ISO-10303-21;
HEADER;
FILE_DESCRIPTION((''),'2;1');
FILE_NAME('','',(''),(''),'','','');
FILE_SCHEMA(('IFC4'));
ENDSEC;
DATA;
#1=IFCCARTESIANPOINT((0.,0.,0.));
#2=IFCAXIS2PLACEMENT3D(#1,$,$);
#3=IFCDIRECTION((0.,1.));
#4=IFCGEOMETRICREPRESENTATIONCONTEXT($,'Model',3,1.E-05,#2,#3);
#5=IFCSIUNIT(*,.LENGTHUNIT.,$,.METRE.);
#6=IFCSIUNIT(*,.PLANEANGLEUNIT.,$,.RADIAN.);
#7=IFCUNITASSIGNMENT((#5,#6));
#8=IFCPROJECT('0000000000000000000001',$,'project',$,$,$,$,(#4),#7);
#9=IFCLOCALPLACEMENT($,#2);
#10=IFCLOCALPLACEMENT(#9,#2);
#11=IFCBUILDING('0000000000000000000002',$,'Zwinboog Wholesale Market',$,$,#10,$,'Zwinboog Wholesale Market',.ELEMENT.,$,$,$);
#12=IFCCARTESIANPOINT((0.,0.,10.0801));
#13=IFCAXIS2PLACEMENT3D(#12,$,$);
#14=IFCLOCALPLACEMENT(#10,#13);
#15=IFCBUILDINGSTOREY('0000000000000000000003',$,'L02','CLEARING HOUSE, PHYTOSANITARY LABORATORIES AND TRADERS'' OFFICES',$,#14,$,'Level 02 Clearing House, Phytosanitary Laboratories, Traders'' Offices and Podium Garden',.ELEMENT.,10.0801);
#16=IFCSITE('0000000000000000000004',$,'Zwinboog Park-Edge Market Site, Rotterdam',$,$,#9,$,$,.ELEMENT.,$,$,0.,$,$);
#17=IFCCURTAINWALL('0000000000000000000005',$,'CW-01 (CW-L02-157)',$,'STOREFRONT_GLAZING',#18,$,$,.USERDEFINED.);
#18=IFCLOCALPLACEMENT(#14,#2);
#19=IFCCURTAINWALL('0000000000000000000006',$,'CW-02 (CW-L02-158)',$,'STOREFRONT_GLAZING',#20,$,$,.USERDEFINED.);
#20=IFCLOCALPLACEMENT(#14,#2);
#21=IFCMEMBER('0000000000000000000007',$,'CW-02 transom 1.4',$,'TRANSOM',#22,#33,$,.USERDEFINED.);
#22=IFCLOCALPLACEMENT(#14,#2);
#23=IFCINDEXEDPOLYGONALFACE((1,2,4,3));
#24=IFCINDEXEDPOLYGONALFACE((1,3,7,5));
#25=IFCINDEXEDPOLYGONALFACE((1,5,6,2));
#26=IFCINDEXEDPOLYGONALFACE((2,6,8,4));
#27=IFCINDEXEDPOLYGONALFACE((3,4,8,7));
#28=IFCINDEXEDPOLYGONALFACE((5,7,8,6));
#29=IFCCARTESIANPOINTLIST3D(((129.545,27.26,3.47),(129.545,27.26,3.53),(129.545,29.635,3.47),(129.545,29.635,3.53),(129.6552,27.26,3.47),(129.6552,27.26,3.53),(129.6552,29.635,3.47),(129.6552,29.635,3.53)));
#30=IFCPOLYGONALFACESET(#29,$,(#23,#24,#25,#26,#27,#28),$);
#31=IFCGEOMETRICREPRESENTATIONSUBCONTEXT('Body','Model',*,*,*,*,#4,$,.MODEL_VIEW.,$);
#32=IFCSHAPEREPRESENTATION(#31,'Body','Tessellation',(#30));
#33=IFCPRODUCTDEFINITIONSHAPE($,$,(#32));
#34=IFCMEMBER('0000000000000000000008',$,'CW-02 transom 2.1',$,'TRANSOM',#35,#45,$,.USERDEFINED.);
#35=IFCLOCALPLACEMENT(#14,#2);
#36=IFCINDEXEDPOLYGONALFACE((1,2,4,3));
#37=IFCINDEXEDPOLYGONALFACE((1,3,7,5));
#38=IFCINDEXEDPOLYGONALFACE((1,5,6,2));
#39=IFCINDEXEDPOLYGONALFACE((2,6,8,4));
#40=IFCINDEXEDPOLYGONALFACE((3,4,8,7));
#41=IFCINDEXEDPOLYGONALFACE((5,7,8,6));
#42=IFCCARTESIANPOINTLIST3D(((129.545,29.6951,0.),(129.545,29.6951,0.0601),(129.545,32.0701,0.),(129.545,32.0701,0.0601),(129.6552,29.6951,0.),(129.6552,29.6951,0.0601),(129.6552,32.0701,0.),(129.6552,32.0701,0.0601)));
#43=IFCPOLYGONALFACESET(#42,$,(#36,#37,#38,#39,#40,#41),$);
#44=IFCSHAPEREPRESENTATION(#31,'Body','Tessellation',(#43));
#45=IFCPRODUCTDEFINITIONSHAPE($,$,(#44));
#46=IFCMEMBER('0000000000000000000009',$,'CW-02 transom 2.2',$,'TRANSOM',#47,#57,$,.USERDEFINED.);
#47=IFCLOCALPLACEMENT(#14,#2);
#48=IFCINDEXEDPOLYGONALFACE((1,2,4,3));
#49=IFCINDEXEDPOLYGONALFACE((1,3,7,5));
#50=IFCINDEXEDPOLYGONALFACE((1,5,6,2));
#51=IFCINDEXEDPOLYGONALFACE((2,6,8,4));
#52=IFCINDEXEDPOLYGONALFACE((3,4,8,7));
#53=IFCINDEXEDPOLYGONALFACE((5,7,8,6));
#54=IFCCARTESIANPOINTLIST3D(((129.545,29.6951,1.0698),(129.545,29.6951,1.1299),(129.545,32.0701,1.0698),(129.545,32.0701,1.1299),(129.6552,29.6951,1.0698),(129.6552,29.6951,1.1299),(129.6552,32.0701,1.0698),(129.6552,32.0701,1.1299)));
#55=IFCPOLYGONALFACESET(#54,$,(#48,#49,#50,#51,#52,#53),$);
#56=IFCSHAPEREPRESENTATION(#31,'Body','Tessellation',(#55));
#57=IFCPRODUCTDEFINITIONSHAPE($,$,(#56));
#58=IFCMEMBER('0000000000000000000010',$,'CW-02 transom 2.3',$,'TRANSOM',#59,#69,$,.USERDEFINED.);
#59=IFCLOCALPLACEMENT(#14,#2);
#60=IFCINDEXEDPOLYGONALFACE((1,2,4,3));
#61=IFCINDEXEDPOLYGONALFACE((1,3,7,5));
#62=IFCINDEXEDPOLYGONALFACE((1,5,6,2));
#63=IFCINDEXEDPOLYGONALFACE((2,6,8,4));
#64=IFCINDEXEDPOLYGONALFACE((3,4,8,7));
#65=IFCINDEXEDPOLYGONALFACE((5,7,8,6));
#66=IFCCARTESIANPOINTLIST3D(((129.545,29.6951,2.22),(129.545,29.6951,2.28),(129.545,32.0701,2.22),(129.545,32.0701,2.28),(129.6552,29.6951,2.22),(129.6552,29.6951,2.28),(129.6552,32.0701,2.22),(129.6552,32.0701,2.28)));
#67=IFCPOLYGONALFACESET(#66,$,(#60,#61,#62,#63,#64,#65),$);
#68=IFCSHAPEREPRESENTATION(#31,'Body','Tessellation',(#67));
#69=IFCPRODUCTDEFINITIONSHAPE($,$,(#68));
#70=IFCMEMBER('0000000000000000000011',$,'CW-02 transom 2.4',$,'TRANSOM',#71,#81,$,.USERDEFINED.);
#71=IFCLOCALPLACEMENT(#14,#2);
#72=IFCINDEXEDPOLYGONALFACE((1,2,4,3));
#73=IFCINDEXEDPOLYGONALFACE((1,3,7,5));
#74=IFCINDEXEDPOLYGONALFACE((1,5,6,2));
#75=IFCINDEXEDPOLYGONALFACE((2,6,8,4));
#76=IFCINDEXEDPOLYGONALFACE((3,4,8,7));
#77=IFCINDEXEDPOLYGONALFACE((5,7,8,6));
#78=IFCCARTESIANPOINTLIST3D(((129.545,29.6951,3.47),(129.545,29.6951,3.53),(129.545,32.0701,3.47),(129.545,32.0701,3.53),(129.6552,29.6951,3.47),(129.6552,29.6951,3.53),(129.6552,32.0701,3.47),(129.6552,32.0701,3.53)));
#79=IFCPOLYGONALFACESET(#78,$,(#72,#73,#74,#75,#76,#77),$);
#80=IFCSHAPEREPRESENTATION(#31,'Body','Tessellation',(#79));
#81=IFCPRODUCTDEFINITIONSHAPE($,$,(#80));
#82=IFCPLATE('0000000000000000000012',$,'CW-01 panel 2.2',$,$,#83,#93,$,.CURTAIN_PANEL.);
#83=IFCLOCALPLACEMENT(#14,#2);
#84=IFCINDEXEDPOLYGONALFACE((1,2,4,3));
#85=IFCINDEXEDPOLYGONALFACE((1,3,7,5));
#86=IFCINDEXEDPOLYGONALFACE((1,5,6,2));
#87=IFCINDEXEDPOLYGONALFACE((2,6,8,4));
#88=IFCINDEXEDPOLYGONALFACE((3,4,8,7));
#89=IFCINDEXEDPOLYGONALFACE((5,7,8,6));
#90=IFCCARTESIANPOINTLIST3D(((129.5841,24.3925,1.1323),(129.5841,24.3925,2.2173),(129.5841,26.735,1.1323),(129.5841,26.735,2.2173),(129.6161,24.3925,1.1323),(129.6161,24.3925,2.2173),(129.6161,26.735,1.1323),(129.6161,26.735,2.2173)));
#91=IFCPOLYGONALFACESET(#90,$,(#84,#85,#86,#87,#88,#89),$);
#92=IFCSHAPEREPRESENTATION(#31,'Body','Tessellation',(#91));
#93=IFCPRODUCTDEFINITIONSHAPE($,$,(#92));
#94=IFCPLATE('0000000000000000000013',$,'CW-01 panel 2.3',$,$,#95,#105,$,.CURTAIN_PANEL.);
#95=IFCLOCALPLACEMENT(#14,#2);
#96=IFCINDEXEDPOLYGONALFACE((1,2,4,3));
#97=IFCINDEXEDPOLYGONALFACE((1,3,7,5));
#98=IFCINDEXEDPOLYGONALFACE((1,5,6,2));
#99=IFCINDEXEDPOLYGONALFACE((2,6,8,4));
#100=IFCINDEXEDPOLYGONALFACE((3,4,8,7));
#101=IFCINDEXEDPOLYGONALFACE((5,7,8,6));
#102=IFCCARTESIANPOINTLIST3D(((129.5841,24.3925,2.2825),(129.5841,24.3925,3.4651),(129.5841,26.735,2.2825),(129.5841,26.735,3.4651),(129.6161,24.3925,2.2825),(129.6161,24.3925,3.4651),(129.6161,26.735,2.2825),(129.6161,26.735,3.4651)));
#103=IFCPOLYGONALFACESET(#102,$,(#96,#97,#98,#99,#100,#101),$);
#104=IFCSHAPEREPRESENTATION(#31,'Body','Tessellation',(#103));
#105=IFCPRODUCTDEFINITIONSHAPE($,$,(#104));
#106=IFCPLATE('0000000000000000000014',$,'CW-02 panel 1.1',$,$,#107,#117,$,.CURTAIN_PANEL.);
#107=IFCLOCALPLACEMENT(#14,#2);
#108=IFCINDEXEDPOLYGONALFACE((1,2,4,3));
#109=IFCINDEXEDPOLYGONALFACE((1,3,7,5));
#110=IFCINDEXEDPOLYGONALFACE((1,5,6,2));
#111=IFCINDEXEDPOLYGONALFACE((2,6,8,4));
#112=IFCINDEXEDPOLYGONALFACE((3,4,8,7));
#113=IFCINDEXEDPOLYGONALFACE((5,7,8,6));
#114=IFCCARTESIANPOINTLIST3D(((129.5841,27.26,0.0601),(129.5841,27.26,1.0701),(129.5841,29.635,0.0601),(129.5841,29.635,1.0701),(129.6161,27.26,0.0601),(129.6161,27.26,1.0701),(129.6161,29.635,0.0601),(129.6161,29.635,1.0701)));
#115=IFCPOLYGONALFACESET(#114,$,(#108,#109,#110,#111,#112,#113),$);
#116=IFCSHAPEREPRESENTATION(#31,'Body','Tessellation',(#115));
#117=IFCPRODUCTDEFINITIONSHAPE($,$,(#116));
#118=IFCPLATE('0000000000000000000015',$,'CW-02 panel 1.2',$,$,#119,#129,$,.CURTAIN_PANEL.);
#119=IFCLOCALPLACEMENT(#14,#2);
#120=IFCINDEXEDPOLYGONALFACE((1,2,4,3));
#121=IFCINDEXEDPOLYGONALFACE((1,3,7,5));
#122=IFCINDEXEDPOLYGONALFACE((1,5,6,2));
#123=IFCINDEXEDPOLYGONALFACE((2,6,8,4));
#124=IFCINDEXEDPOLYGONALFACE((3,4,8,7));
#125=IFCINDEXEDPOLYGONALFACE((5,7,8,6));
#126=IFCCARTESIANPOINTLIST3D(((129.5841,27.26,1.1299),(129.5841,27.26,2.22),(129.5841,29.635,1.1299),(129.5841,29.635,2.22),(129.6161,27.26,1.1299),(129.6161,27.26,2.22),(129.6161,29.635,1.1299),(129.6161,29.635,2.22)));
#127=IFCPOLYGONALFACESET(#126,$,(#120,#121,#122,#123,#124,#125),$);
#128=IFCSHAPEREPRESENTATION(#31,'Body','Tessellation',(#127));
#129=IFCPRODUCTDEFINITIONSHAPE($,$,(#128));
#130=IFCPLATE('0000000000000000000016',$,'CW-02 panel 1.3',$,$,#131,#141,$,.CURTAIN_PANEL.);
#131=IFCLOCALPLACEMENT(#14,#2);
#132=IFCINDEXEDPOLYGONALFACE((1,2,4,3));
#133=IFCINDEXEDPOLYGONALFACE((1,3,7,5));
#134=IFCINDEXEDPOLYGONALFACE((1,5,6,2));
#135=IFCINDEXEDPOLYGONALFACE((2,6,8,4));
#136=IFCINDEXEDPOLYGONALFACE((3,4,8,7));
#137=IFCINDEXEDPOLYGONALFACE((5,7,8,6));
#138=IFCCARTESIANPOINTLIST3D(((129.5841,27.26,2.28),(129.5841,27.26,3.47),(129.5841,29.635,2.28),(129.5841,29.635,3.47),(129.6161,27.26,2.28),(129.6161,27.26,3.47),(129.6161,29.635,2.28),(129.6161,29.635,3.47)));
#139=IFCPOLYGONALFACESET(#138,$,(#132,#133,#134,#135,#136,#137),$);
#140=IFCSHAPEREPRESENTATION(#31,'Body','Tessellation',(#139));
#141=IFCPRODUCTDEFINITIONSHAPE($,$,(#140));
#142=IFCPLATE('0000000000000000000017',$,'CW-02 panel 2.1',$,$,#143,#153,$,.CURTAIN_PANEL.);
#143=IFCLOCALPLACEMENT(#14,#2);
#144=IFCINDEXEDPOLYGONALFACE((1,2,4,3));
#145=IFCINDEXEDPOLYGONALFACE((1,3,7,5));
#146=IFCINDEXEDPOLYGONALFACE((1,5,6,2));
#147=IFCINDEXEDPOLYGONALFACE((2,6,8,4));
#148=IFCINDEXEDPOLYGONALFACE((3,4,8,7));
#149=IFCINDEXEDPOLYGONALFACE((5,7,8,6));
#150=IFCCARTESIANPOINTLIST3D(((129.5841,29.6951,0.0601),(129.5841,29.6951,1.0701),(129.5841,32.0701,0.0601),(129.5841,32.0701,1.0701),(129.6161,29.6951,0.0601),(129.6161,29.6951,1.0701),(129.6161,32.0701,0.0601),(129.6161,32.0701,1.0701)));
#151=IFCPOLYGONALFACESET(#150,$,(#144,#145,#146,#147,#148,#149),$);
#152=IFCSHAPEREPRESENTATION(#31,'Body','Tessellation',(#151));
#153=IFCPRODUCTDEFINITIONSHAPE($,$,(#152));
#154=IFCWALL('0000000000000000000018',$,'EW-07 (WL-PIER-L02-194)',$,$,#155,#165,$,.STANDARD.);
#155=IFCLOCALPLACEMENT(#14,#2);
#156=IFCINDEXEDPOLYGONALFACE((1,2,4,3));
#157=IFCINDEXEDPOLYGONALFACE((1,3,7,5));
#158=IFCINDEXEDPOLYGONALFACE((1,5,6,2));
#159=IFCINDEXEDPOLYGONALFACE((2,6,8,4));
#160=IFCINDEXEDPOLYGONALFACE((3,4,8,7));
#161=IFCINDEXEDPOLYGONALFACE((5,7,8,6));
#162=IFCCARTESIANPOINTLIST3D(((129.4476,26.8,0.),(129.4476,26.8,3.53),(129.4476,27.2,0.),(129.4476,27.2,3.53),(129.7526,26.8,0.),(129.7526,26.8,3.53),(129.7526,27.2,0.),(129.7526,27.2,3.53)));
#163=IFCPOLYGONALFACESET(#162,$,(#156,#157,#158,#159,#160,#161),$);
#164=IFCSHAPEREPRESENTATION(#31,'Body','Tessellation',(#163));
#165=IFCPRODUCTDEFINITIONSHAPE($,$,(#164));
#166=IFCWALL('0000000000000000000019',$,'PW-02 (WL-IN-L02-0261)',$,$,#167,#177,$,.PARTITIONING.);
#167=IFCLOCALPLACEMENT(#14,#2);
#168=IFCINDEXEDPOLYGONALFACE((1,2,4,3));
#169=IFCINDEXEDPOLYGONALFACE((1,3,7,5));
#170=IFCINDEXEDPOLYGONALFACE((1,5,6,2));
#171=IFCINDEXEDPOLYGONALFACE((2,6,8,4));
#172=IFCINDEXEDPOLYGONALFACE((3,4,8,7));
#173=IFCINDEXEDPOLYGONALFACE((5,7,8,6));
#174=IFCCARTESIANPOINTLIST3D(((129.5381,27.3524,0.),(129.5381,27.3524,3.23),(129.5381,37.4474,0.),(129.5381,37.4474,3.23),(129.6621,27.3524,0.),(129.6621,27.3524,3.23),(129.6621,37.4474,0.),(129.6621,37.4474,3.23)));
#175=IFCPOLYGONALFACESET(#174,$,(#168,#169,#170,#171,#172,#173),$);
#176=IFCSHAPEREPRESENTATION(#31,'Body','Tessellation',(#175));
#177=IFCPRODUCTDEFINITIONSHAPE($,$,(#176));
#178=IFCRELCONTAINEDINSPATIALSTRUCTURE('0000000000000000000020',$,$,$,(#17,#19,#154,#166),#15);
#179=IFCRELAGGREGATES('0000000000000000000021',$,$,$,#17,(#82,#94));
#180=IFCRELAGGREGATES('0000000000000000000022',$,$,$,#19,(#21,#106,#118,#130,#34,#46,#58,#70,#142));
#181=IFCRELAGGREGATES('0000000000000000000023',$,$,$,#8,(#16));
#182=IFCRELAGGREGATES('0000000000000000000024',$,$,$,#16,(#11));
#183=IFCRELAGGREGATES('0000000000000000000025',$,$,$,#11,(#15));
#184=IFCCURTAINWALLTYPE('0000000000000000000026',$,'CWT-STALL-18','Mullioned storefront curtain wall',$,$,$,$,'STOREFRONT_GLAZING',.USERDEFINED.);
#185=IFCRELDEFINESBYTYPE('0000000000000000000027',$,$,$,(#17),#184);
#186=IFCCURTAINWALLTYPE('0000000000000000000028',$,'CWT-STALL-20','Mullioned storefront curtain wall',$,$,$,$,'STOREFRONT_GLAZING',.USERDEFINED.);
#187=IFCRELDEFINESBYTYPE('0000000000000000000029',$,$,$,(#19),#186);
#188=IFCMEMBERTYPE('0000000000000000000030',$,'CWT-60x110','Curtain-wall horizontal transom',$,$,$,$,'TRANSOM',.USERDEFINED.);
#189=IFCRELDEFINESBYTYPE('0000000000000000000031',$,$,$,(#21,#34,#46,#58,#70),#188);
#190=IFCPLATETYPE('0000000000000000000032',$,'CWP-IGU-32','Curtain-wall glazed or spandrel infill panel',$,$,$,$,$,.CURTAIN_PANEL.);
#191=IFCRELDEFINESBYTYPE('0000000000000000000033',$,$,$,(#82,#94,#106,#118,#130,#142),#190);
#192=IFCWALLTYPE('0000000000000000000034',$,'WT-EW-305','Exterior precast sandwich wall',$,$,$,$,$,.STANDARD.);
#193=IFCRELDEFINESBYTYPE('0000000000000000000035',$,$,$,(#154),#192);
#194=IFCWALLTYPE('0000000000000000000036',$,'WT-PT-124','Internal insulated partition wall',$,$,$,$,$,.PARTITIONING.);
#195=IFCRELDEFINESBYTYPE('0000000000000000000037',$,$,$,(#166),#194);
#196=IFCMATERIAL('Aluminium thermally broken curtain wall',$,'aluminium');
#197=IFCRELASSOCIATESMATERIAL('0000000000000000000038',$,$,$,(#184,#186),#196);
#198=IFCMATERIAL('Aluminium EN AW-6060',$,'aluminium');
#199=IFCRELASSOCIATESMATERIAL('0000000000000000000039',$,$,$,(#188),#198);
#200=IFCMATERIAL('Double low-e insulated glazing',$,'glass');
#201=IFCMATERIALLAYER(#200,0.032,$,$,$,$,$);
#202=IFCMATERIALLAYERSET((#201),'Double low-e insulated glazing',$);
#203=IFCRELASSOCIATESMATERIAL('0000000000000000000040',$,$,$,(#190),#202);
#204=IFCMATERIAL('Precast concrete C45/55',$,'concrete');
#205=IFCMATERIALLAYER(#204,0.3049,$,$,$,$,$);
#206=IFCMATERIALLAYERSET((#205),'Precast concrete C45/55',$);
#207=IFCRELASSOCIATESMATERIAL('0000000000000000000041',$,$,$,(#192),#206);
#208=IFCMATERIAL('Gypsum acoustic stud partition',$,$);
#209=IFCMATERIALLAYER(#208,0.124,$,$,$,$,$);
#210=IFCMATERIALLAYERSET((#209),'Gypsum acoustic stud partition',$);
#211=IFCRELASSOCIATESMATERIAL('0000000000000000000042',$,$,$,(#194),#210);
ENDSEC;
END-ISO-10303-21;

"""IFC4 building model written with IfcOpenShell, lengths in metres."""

from ifc_helpers import new_model, si_unit, direction, frame, frame_2d, origin, origin_2d, place, context, subcontext, project, spatial, rectangle, extrude, material, layer, layer_set, material_profile, profile_set, type_object, element, aggregate, save


model = new_model("IFC4")

# Units and contexts
model_context = context("Model", 3, precision=1e-05, world=origin(), true_north=direction((0.0, 1.0)))
body_context = subcontext(model_context, "Body", "Model", "MODEL_VIEW")
ifc_project = project(units=[si_unit("LENGTHUNIT", "METRE"), si_unit("PLANEANGLEUNIT", "RADIAN")], contexts=[model_context])

# Site, building, storey
site_placement = place(None, origin())
site = spatial("IfcSite", under=ifc_project, at=site_placement, Name="Zwinboog Park-Edge Market Site, Rotterdam", CompositionType="ELEMENT", RefElevation=0.0)
building_placement = place(site_placement, origin())
building = spatial("IfcBuilding", under=site, at=building_placement, Name="Zwinboog Wholesale Market", LongName="Zwinboog Wholesale Market", CompositionType="ELEMENT")
storey_placement = place(building_placement, frame((0.0, 0.0, 10.0801)))
storey = spatial("IfcBuildingStorey", under=building, at=storey_placement, Name="L02", Description="CLEARING HOUSE, PHYTOSANITARY LABORATORIES AND TRADERS' OFFICES", LongName="Level 02 Clearing House, Phytosanitary Laboratories, Traders' Offices and Podium Garden", CompositionType="ELEMENT", Elevation=10.0801)

# Curtain wall
ifc_material_1 = material(Name="Aluminium thermally broken curtain wall", Category="aluminium")
curtain_wall_type_1 = type_object("IfcCurtainWallType", Name="CWT-STALL-18", Description="Mullioned storefront curtain wall", ElementType="STOREFRONT_GLAZING", PredefinedType="USERDEFINED", material=ifc_material_1)
curtain_wall_1_placement = place(storey_placement, origin())
curtain_wall_1 = element("IfcCurtainWall", 1, at=curtain_wall_1_placement, inside=storey, type_object=curtain_wall_type_1, Name="CW-01 (CW-L02-157)", ObjectType="STOREFRONT_GLAZING", PredefinedType="USERDEFINED")
ifc_material_2 = material(Name="Aluminium EN AW-6060", Category="aluminium")

# Curtain wall, members
curtain_wall_type_2 = type_object("IfcCurtainWallType", Name="CWT-STALL-20", Description="Mullioned storefront curtain wall", ElementType="STOREFRONT_GLAZING", PredefinedType="USERDEFINED", material=ifc_material_1)
curtain_wall_2_placement = place(storey_placement, origin())
curtain_wall_2 = element("IfcCurtainWall", 2, at=curtain_wall_2_placement, inside=storey, type_object=curtain_wall_type_2, Name="CW-02 (CW-L02-158)", ObjectType="STOREFRONT_GLAZING", PredefinedType="USERDEFINED")
ifc_material_profile_1 = material_profile(ifc_material_2, rectangle(XDim=0.1101, YDim=0.0601, at=origin_2d()), Name="AL 60x110")
ifc_profile_set_1 = profile_set([ifc_material_profile_1], Name="Aluminium EN AW-6060")
member_type_1 = type_object("IfcMemberType", Name="CWT-60x110", Description="Curtain-wall horizontal transom", ElementType="TRANSOM", PredefinedType="USERDEFINED", material=ifc_profile_set_1)
member_1_placement = place(storey_placement, frame((129.6001, 27.26, 3.5), z_axis=(0.0, 1.0, 0.0), x_axis=(-1.0, 0.0, 0.0)))
member_1 = element("IfcMember", 3, at=member_1_placement, type_object=member_type_1, Name="CW-02 transom 1.4", ObjectType="TRANSOM", PredefinedType="USERDEFINED", context=body_context, shape_type="SweptSolid", body=[
    extrude(rectangle(XDim=0.1101, YDim=0.0601, at=origin_2d()), origin(), (0.0, 0.0, 1.0), 2.375),
])
member_2_placement = place(storey_placement, frame((129.6001, 29.6951, 0.03), z_axis=(0.0, 1.0, 0.0), x_axis=(-1.0, 0.0, 0.0)))
member_2 = element("IfcMember", 4, at=member_2_placement, type_object=member_type_1, Name="CW-02 transom 2.1", ObjectType="TRANSOM", PredefinedType="USERDEFINED", context=body_context, shape_type="SweptSolid", body=[
    extrude(rectangle(XDim=0.1101, YDim=0.0601, at=origin_2d()), origin(), (0.0, 0.0, 1.0), 2.375),
])
member_3_placement = place(storey_placement, frame((129.6001, 29.6951, 1.0999), z_axis=(0.0, 1.0, 0.0), x_axis=(-1.0, 0.0, 0.0)))
member_3 = element("IfcMember", 5, at=member_3_placement, type_object=member_type_1, Name="CW-02 transom 2.2", ObjectType="TRANSOM", PredefinedType="USERDEFINED", context=body_context, shape_type="SweptSolid", body=[
    extrude(rectangle(XDim=0.1101, YDim=0.0601, at=origin_2d()), origin(), (0.0, 0.0, 1.0), 2.375),
])
member_4_placement = place(storey_placement, frame((129.6001, 29.6951, 2.25), z_axis=(0.0, 1.0, 0.0), x_axis=(-1.0, 0.0, 0.0)))
member_4 = element("IfcMember", 6, at=member_4_placement, type_object=member_type_1, Name="CW-02 transom 2.3", ObjectType="TRANSOM", PredefinedType="USERDEFINED", context=body_context, shape_type="SweptSolid", body=[
    extrude(rectangle(XDim=0.1101, YDim=0.0601, at=origin_2d()), origin(), (0.0, 0.0, 1.0), 2.375),
])
member_5_placement = place(storey_placement, frame((129.6001, 29.6951, 3.5), z_axis=(0.0, 1.0, 0.0), x_axis=(-1.0, 0.0, 0.0)))
member_5 = element("IfcMember", 7, at=member_5_placement, type_object=member_type_1, Name="CW-02 transom 2.4", ObjectType="TRANSOM", PredefinedType="USERDEFINED", context=body_context, shape_type="SweptSolid", body=[
    extrude(rectangle(XDim=0.1101, YDim=0.0601, at=origin_2d()), origin(), (0.0, 0.0, 1.0), 2.375),
])

# Plates
ifc_material_3 = material(Name="Double low-e insulated glazing", Category="glass")
ifc_layer_1 = layer(ifc_material_3, 0.032)
ifc_layer_set_1 = layer_set([ifc_layer_1], Name="Double low-e insulated glazing")
plate_type = type_object("IfcPlateType", Name="CWP-IGU-32", Description="Curtain-wall glazed or spandrel infill panel", PredefinedType="CURTAIN_PANEL", material=ifc_layer_set_1)
plate_1_placement = place(storey_placement, frame((129.6001, 25.5637, 1.1323), z_axis=(0.0, 0.0, 1.0), x_axis=(0.0, 1.0, 0.0)))
plate_1 = element("IfcPlate", 8, at=plate_1_placement, type_object=plate_type, Name="CW-01 panel 2.2", PredefinedType="CURTAIN_PANEL", context=body_context, shape_type="SweptSolid", body=[
    extrude(rectangle(XDim=2.3425, YDim=0.032, at=origin_2d()), origin(), (0.0, 0.0, 1.0), 1.085),
])
plate_2_placement = place(storey_placement, frame((129.6001, 25.5637, 2.2825), z_axis=(0.0, 0.0, 1.0), x_axis=(0.0, 1.0, 0.0)))
plate_2 = element("IfcPlate", 9, at=plate_2_placement, type_object=plate_type, Name="CW-01 panel 2.3", PredefinedType="CURTAIN_PANEL", context=body_context, shape_type="SweptSolid", body=[
    extrude(rectangle(XDim=2.3425, YDim=0.032, at=origin_2d()), origin(), (0.0, 0.0, 1.0), 1.1826),
])
aggregate(curtain_wall_1, [plate_1, plate_2])
plate_3_placement = place(storey_placement, frame((129.6001, 28.4475, 0.0601), z_axis=(0.0, 0.0, 1.0), x_axis=(0.0, 1.0, 0.0)))
plate_3 = element("IfcPlate", 10, at=plate_3_placement, type_object=plate_type, Name="CW-02 panel 1.1", PredefinedType="CURTAIN_PANEL", context=body_context, shape_type="SweptSolid", body=[
    extrude(rectangle(XDim=2.375, YDim=0.032, at=origin_2d()), origin(), (0.0, 0.0, 1.0), 1.01),
])
plate_4_placement = place(storey_placement, frame((129.6001, 28.4475, 1.1299), z_axis=(0.0, 0.0, 1.0), x_axis=(0.0, 1.0, 0.0)))
plate_4 = element("IfcPlate", 11, at=plate_4_placement, type_object=plate_type, Name="CW-02 panel 1.2", PredefinedType="CURTAIN_PANEL", context=body_context, shape_type="SweptSolid", body=[
    extrude(rectangle(XDim=2.375, YDim=0.032, at=origin_2d()), origin(), (0.0, 0.0, 1.0), 1.0901),
])
plate_5_placement = place(storey_placement, frame((129.6001, 28.4475, 2.28), z_axis=(0.0, 0.0, 1.0), x_axis=(0.0, 1.0, 0.0)))
plate_5 = element("IfcPlate", 12, at=plate_5_placement, type_object=plate_type, Name="CW-02 panel 1.3", PredefinedType="CURTAIN_PANEL", context=body_context, shape_type="SweptSolid", body=[
    extrude(rectangle(XDim=2.375, YDim=0.032, at=origin_2d()), origin(), (0.0, 0.0, 1.0), 1.1899),
])
plate_6_placement = place(storey_placement, frame((129.6001, 30.8826, 0.0601), z_axis=(0.0, 0.0, 1.0), x_axis=(0.0, 1.0, 0.0)))
plate_6 = element("IfcPlate", 13, at=plate_6_placement, type_object=plate_type, Name="CW-02 panel 2.1", PredefinedType="CURTAIN_PANEL", context=body_context, shape_type="SweptSolid", body=[
    extrude(rectangle(XDim=2.375, YDim=0.032, at=origin_2d()), origin(), (0.0, 0.0, 1.0), 1.01),
])
aggregate(curtain_wall_2, [member_1, plate_3, plate_4, plate_5, member_2, member_3, member_4, member_5, plate_6])

# Walls
ifc_material_4 = material(Name="Precast concrete C45/55", Category="concrete")
ifc_layer_2 = layer(ifc_material_4, 0.3049)
ifc_layer_set_2 = layer_set([ifc_layer_2], Name="Precast concrete C45/55")
wall_type_1 = type_object("IfcWallType", Name="WT-EW-305", Description="Exterior precast sandwich wall", PredefinedType="STANDARD", material=ifc_layer_set_2)
wall_1_placement = place(storey_placement, frame((129.6001, 26.8, 0.0), z_axis=(0.0, 0.0, 1.0), x_axis=(0.0, 1.0, 0.0)))
element("IfcWall", 14, at=wall_1_placement, inside=storey, type_object=wall_type_1, Name="EW-07 (WL-PIER-L02-194)", PredefinedType="STANDARD", context=body_context, shape_type="SweptSolid", body=[
    extrude(rectangle(XDim=0.3999, YDim=0.3049, at=frame_2d((0.2, 0.0))), origin(), (0.0, 0.0, 1.0), 3.53),
])
ifc_material_5 = material(Name="Gypsum acoustic stud partition")
ifc_layer_3 = layer(ifc_material_5, 0.124)
ifc_layer_set_3 = layer_set([ifc_layer_3], Name="Gypsum acoustic stud partition")
wall_type_2 = type_object("IfcWallType", Name="WT-PT-124", Description="Internal insulated partition wall", PredefinedType="PARTITIONING", material=ifc_layer_set_3)
wall_2_placement = place(storey_placement, frame((129.6001, 27.3525, 0.0), z_axis=(0.0, 0.0, 1.0), x_axis=(0.0, 1.0, 0.0)))
element("IfcWall", 15, at=wall_2_placement, inside=storey, type_object=wall_type_2, Name="PW-02 (WL-IN-L02-0261)", PredefinedType="PARTITIONING", context=body_context, shape_type="SweptSolid", body=[
    extrude(rectangle(XDim=10.095, YDim=0.124, at=frame_2d((5.0474, 0.0))), origin(), (0.0, 0.0, 1.0), 3.23),
])

save(model, "model.ifc")
